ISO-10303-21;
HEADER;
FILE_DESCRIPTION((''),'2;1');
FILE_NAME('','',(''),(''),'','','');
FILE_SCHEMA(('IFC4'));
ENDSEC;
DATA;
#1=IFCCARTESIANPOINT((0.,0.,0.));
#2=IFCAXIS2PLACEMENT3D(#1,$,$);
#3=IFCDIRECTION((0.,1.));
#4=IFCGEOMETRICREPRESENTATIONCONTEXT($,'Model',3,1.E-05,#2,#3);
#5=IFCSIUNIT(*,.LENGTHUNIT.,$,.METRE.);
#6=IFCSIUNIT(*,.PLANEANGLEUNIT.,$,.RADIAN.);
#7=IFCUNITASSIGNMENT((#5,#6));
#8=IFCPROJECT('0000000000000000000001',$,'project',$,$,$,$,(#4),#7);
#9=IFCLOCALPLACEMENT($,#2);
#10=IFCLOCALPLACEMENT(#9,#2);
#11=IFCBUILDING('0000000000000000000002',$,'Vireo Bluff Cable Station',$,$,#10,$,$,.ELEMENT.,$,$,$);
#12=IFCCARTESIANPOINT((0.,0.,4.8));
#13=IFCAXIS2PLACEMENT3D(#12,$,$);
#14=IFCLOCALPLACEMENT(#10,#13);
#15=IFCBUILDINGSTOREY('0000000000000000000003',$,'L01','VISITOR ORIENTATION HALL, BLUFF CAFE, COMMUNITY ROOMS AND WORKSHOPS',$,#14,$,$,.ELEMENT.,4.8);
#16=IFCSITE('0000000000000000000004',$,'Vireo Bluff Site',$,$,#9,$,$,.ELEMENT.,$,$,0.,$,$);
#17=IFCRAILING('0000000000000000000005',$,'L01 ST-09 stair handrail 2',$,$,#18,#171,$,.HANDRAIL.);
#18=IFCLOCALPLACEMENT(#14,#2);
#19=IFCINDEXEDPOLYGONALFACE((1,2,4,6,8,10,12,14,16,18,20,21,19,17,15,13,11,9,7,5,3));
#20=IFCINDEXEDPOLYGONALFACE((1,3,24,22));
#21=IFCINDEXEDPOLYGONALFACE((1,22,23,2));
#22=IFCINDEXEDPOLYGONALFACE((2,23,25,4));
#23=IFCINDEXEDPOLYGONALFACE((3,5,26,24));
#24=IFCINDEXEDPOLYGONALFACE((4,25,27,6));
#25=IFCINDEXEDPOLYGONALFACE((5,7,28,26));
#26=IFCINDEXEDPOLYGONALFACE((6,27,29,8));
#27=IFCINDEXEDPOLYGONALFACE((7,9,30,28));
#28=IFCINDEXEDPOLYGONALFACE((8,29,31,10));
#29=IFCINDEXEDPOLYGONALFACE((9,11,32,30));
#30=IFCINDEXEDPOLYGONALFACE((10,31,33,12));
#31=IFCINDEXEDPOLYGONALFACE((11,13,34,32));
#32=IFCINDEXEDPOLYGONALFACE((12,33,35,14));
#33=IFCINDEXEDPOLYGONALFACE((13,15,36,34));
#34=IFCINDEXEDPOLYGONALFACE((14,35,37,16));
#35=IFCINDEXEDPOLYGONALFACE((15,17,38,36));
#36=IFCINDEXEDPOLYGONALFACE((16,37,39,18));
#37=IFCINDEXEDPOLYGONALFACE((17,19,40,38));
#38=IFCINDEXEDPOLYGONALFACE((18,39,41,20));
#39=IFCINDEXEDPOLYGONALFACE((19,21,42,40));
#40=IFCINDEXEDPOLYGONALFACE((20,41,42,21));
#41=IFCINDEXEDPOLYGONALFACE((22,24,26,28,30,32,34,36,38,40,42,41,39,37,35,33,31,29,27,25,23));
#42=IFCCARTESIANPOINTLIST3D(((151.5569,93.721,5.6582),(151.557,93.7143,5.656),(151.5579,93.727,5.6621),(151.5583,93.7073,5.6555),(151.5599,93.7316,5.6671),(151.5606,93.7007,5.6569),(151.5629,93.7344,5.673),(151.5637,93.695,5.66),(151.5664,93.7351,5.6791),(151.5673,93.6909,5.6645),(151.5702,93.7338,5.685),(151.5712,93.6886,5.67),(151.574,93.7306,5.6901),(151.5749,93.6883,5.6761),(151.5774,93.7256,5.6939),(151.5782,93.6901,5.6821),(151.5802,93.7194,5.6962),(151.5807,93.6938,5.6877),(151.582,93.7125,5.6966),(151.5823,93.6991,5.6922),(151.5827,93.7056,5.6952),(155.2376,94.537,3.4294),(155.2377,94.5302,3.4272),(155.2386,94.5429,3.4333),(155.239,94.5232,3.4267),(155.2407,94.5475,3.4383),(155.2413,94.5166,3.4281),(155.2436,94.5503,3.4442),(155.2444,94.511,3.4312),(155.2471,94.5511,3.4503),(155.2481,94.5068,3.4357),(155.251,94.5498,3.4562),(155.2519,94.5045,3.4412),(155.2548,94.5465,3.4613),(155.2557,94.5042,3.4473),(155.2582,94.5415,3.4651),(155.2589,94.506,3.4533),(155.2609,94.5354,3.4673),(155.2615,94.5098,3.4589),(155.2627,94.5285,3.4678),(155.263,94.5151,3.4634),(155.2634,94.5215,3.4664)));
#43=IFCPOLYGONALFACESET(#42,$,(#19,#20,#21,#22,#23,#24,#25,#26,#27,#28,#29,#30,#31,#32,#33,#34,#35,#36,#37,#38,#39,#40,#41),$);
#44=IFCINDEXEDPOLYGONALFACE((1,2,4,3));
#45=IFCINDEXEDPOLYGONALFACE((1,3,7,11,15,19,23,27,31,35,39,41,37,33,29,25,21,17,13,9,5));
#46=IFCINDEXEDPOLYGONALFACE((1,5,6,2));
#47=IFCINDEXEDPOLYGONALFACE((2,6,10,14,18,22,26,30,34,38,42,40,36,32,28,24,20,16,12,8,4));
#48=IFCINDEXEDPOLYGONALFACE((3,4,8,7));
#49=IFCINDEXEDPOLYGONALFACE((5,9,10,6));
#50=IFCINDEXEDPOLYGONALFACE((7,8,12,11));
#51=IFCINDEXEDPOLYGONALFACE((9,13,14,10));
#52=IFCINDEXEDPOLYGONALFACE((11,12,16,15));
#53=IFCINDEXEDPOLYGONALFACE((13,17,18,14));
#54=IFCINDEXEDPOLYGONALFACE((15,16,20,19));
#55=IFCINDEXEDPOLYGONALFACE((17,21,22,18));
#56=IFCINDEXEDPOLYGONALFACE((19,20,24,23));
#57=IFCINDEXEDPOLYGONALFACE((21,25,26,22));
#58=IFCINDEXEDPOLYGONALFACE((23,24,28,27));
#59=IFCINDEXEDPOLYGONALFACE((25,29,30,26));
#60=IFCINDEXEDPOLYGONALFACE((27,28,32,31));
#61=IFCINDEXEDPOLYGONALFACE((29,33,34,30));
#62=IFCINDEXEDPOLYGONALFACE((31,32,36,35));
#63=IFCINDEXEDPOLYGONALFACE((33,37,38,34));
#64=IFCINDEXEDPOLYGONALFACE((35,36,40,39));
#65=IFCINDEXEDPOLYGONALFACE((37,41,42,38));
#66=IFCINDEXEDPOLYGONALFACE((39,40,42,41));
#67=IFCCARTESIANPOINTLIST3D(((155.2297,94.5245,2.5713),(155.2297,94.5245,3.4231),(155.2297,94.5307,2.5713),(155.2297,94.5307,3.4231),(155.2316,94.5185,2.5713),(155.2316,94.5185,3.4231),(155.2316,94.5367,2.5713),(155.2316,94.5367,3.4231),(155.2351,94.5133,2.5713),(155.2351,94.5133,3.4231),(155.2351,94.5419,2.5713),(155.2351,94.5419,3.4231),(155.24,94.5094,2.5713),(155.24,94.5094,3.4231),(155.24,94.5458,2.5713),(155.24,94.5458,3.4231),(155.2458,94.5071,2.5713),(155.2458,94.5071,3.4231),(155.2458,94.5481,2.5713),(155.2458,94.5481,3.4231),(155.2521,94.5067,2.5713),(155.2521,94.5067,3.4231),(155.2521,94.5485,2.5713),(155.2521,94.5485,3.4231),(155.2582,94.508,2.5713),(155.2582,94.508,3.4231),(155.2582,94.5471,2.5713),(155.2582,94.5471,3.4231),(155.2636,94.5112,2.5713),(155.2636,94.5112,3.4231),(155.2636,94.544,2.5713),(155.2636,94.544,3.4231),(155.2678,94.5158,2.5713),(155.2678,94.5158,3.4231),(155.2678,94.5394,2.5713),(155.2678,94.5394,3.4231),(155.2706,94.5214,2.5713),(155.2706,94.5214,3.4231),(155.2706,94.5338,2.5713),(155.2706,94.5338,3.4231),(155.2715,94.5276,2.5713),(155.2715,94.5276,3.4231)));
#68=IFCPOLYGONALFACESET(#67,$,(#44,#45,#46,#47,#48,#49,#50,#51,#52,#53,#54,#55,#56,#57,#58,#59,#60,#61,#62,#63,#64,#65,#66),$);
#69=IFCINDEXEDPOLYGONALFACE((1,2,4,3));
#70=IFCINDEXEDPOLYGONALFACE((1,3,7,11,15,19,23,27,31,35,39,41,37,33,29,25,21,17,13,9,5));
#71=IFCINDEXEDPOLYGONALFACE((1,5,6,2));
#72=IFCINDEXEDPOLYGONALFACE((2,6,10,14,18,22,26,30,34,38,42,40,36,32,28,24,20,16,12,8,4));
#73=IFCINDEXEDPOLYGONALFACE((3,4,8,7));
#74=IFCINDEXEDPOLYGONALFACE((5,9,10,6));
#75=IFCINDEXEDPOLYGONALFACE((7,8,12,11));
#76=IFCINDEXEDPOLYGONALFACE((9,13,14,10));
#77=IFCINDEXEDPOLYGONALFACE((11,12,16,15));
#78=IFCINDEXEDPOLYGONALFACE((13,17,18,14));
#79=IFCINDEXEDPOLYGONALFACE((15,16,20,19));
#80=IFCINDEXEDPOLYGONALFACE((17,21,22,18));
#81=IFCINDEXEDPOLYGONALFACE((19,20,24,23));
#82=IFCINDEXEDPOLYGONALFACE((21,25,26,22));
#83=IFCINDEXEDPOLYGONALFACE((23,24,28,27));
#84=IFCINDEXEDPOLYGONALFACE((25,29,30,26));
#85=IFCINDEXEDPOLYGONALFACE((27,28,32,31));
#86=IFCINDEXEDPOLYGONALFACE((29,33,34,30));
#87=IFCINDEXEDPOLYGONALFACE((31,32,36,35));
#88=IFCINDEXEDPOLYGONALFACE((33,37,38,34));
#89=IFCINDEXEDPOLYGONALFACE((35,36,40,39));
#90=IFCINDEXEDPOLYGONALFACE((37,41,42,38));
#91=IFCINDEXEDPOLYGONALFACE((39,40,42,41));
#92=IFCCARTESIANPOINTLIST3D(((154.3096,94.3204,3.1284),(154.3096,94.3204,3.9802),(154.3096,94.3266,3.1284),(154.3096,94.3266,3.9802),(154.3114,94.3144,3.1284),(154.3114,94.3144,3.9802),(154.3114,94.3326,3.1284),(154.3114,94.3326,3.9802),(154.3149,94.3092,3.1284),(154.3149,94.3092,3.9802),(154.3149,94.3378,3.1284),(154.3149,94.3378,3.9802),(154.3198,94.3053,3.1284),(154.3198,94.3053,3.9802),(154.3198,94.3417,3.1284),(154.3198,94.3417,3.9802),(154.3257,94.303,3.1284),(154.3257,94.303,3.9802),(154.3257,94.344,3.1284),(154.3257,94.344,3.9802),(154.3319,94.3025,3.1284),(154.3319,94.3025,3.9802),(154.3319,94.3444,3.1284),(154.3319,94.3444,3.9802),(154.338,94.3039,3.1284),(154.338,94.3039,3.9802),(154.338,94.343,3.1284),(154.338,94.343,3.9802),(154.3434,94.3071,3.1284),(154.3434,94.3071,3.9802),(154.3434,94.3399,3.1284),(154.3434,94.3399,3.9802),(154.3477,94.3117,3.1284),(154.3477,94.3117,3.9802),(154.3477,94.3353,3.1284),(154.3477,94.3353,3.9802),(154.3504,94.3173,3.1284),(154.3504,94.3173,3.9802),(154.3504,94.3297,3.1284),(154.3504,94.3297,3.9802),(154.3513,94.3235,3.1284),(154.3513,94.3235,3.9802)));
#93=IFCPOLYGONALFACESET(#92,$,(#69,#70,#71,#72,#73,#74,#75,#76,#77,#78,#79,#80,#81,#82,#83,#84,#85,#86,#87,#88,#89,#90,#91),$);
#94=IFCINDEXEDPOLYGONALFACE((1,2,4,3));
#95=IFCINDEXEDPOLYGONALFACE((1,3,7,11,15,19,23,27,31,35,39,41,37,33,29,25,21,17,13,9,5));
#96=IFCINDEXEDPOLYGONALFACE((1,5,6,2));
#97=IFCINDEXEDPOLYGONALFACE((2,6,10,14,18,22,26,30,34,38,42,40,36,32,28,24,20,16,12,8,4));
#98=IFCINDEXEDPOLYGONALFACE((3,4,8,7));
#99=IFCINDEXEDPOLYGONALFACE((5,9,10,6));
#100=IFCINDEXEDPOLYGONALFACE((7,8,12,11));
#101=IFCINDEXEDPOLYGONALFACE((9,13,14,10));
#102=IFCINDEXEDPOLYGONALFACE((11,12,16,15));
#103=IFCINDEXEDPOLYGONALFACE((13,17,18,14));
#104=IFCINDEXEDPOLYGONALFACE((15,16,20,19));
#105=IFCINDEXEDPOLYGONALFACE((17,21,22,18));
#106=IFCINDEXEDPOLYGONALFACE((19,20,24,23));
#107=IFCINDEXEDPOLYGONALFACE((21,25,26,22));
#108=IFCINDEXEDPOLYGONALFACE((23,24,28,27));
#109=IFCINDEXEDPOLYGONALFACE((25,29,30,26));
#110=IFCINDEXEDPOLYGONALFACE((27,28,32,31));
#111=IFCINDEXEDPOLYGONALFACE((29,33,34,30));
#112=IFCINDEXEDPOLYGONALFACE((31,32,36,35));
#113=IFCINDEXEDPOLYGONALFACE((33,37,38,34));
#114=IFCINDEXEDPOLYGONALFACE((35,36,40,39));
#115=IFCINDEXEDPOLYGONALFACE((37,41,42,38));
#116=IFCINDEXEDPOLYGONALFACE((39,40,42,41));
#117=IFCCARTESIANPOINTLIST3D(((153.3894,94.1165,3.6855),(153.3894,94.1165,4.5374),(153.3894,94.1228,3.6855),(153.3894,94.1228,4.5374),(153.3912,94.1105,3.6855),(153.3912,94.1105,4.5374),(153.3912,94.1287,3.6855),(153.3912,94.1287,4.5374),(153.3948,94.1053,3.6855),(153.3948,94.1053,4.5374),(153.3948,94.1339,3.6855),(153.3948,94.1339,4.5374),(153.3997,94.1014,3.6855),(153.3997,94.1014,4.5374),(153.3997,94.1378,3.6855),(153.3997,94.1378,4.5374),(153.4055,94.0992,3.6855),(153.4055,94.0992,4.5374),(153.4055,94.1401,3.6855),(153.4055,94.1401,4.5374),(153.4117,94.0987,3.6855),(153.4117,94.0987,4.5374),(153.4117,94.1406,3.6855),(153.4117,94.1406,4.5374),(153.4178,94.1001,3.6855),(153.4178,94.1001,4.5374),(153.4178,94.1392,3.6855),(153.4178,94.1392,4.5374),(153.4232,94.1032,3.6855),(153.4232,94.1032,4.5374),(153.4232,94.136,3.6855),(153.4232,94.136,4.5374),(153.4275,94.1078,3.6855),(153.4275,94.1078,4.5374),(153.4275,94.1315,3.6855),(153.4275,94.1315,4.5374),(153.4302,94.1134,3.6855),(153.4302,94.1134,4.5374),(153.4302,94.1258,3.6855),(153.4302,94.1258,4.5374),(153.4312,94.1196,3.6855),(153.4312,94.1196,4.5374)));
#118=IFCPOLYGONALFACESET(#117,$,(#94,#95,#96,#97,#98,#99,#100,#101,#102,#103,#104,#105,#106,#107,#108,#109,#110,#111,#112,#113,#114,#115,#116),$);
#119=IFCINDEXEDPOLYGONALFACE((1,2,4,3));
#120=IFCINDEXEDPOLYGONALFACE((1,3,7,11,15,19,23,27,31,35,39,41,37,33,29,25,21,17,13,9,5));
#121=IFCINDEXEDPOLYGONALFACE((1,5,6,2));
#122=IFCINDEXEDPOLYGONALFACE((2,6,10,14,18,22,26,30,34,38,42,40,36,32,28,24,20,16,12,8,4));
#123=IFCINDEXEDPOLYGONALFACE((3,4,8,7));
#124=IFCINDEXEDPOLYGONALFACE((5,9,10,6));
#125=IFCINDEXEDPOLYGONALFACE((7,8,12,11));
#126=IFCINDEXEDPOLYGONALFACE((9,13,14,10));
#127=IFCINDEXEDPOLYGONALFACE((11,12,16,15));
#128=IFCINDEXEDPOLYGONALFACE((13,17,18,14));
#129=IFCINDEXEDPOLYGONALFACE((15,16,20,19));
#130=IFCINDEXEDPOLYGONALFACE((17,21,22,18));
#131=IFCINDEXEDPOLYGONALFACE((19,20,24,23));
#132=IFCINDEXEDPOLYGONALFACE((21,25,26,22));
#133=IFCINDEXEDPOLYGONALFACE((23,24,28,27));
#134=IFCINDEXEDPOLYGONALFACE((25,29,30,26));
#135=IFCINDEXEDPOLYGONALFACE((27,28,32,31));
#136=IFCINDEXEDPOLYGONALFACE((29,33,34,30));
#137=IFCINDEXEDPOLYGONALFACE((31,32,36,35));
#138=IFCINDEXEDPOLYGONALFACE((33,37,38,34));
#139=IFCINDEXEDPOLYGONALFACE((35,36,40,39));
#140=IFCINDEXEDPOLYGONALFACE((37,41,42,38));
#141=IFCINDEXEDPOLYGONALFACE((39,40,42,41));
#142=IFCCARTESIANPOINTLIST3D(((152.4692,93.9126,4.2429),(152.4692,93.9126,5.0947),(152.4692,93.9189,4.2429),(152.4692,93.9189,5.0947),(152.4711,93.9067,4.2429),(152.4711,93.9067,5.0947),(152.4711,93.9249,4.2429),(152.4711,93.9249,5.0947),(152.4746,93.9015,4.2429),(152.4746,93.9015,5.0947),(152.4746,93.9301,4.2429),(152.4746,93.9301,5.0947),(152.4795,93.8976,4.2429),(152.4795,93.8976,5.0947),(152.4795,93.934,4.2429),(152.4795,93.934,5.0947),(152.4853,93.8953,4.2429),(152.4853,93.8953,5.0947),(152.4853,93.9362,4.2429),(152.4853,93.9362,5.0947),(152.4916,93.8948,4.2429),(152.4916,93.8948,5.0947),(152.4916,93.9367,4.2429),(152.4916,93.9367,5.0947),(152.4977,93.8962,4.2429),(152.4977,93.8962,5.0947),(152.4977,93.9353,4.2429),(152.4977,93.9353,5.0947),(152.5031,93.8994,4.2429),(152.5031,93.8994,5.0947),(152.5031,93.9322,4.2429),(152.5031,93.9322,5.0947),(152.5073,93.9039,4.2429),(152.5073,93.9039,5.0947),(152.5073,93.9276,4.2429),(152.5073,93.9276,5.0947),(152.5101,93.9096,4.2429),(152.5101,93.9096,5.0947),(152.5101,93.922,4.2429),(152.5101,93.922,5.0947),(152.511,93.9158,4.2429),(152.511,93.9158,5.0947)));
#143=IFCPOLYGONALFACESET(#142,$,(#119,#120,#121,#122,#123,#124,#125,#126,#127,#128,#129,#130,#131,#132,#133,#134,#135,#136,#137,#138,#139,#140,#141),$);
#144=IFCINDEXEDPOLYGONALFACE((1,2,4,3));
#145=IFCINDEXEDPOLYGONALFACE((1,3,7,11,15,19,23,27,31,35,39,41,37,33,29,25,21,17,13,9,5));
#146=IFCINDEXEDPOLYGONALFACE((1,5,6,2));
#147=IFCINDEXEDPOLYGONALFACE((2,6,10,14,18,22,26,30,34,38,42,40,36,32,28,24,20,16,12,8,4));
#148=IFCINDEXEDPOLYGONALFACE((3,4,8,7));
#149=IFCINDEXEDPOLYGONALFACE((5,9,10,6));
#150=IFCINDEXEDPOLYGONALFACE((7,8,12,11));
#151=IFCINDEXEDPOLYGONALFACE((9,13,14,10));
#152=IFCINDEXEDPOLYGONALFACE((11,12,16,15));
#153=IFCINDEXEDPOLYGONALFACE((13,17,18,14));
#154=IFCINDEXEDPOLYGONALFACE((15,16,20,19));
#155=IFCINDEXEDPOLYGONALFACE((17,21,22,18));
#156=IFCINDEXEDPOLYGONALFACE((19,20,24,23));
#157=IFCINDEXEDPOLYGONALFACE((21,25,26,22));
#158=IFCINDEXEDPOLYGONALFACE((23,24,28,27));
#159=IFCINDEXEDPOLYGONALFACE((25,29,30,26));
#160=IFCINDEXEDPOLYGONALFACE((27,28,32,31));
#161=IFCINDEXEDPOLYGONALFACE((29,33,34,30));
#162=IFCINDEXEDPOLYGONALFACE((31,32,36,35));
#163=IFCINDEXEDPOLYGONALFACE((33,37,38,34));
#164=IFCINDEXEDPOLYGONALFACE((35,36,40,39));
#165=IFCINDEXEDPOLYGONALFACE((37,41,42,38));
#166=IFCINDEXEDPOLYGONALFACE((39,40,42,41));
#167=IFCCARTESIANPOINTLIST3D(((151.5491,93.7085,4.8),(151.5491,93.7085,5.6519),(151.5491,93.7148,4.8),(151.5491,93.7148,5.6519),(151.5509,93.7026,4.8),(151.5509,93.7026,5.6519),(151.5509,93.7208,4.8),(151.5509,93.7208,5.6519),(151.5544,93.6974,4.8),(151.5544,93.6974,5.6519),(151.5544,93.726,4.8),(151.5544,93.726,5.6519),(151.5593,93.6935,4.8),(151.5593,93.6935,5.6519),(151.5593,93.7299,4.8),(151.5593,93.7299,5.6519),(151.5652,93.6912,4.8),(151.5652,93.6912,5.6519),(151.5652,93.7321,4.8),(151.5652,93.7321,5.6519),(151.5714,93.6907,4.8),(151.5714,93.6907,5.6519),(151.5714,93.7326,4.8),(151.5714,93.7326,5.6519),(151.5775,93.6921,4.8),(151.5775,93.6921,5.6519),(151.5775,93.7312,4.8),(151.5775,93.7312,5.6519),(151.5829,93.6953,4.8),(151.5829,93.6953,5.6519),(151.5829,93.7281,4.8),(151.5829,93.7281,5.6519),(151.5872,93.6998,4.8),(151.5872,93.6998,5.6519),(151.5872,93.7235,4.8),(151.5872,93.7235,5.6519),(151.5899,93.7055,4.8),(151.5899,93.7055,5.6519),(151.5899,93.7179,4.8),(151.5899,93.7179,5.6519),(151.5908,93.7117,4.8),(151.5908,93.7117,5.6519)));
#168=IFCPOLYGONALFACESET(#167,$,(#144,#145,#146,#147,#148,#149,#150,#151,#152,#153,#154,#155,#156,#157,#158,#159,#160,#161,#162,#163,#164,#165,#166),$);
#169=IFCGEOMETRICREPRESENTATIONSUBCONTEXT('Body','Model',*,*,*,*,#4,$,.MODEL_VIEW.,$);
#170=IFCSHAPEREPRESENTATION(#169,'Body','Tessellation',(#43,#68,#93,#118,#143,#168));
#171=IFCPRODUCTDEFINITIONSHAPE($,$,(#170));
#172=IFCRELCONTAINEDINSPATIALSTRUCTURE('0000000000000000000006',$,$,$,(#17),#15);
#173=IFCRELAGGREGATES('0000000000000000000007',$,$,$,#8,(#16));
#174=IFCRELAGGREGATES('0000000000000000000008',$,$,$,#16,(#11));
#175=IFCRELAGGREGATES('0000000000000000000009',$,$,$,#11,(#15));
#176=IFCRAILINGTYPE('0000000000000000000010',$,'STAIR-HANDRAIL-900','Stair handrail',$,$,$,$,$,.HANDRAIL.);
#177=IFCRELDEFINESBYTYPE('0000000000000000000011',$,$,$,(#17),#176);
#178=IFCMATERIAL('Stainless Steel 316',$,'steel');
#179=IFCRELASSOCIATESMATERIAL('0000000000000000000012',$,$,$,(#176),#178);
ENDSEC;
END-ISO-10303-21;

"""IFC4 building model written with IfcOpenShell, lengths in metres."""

from ifc_helpers import new_model, si_unit, direction, frame, origin, origin_2d, place, context, subcontext, project, spatial, circle, extrude, material, type_object, element, save


model = new_model("IFC4")

# Units and contexts
model_context = context("Model", 3, precision=1e-05, world=origin(), true_north=direction((0.0, 1.0)))
body_context = subcontext(model_context, "Body", "Model", "MODEL_VIEW")
ifc_project = project(units=[si_unit("LENGTHUNIT", "METRE"), si_unit("PLANEANGLEUNIT", "RADIAN")], contexts=[model_context])

# Site, building, storey
site_placement = place(None, origin())
site = spatial("IfcSite", under=ifc_project, at=site_placement, Name="Vireo Bluff Site", CompositionType="ELEMENT", RefElevation=0.0)
building_placement = place(site_placement, origin())
building = spatial("IfcBuilding", under=site, at=building_placement, Name="Vireo Bluff Cable Station", CompositionType="ELEMENT")
storey_placement = place(building_placement, frame((0.0, 0.0, 4.8)))
storey = spatial("IfcBuildingStorey", under=building, at=storey_placement, Name="L01", Description="VISITOR ORIENTATION HALL, BLUFF CAFE, COMMUNITY ROOMS AND WORKSHOPS", CompositionType="ELEMENT", Elevation=4.8)

# Railing
ifc_material_1 = material(Name="Stainless Steel 316", Category="steel")
railing_type_1 = type_object("IfcRailingType", Name="STAIR-HANDRAIL-900", Description="Stair handrail", PredefinedType="HANDRAIL", material=ifc_material_1)
railing_1_placement = place(storey_placement, frame((155.2505, 94.5276, 2.5713)))
element("IfcRailing", 1, at=railing_1_placement, inside=storey, type_object=railing_type_1, Name="L01 ST-09 stair handrail 2", PredefinedType="HANDRAIL", context=body_context, shape_type="SweptSolid", body=[
    extrude(circle(Radius=0.0239, at=origin_2d()), frame((0.0, 0.0, 0.876), z_axis=(-0.840422, -0.186302, 0.508903), x_axis=(0.216423, -0.9763, 0.0)), (0.0, 0.0, 1.0), 4.3796),
    extrude(circle(Radius=0.021, at=origin_2d()), origin(), (0.0, 0.0, 1.0), 0.8518),
    extrude(circle(Radius=0.021, at=origin_2d()), frame((-0.9202, -0.2041, 0.5571)), (0.0, 0.0, 1.0), 0.8518),
    extrude(circle(Radius=0.021, at=origin_2d()), frame((-1.8403, -0.408, 1.1143)), (0.0, 0.0, 1.0), 0.8518),
    extrude(circle(Radius=0.021, at=origin_2d()), frame((-2.7605, -0.6118, 1.6716)), (0.0, 0.0, 1.0), 0.8518),
    extrude(circle(Radius=0.021, at=origin_2d()), frame((-3.6807, -0.8159, 2.2288)), (0.0, 0.0, 1.0), 0.8518),
])

save(model, "model.ifc")
